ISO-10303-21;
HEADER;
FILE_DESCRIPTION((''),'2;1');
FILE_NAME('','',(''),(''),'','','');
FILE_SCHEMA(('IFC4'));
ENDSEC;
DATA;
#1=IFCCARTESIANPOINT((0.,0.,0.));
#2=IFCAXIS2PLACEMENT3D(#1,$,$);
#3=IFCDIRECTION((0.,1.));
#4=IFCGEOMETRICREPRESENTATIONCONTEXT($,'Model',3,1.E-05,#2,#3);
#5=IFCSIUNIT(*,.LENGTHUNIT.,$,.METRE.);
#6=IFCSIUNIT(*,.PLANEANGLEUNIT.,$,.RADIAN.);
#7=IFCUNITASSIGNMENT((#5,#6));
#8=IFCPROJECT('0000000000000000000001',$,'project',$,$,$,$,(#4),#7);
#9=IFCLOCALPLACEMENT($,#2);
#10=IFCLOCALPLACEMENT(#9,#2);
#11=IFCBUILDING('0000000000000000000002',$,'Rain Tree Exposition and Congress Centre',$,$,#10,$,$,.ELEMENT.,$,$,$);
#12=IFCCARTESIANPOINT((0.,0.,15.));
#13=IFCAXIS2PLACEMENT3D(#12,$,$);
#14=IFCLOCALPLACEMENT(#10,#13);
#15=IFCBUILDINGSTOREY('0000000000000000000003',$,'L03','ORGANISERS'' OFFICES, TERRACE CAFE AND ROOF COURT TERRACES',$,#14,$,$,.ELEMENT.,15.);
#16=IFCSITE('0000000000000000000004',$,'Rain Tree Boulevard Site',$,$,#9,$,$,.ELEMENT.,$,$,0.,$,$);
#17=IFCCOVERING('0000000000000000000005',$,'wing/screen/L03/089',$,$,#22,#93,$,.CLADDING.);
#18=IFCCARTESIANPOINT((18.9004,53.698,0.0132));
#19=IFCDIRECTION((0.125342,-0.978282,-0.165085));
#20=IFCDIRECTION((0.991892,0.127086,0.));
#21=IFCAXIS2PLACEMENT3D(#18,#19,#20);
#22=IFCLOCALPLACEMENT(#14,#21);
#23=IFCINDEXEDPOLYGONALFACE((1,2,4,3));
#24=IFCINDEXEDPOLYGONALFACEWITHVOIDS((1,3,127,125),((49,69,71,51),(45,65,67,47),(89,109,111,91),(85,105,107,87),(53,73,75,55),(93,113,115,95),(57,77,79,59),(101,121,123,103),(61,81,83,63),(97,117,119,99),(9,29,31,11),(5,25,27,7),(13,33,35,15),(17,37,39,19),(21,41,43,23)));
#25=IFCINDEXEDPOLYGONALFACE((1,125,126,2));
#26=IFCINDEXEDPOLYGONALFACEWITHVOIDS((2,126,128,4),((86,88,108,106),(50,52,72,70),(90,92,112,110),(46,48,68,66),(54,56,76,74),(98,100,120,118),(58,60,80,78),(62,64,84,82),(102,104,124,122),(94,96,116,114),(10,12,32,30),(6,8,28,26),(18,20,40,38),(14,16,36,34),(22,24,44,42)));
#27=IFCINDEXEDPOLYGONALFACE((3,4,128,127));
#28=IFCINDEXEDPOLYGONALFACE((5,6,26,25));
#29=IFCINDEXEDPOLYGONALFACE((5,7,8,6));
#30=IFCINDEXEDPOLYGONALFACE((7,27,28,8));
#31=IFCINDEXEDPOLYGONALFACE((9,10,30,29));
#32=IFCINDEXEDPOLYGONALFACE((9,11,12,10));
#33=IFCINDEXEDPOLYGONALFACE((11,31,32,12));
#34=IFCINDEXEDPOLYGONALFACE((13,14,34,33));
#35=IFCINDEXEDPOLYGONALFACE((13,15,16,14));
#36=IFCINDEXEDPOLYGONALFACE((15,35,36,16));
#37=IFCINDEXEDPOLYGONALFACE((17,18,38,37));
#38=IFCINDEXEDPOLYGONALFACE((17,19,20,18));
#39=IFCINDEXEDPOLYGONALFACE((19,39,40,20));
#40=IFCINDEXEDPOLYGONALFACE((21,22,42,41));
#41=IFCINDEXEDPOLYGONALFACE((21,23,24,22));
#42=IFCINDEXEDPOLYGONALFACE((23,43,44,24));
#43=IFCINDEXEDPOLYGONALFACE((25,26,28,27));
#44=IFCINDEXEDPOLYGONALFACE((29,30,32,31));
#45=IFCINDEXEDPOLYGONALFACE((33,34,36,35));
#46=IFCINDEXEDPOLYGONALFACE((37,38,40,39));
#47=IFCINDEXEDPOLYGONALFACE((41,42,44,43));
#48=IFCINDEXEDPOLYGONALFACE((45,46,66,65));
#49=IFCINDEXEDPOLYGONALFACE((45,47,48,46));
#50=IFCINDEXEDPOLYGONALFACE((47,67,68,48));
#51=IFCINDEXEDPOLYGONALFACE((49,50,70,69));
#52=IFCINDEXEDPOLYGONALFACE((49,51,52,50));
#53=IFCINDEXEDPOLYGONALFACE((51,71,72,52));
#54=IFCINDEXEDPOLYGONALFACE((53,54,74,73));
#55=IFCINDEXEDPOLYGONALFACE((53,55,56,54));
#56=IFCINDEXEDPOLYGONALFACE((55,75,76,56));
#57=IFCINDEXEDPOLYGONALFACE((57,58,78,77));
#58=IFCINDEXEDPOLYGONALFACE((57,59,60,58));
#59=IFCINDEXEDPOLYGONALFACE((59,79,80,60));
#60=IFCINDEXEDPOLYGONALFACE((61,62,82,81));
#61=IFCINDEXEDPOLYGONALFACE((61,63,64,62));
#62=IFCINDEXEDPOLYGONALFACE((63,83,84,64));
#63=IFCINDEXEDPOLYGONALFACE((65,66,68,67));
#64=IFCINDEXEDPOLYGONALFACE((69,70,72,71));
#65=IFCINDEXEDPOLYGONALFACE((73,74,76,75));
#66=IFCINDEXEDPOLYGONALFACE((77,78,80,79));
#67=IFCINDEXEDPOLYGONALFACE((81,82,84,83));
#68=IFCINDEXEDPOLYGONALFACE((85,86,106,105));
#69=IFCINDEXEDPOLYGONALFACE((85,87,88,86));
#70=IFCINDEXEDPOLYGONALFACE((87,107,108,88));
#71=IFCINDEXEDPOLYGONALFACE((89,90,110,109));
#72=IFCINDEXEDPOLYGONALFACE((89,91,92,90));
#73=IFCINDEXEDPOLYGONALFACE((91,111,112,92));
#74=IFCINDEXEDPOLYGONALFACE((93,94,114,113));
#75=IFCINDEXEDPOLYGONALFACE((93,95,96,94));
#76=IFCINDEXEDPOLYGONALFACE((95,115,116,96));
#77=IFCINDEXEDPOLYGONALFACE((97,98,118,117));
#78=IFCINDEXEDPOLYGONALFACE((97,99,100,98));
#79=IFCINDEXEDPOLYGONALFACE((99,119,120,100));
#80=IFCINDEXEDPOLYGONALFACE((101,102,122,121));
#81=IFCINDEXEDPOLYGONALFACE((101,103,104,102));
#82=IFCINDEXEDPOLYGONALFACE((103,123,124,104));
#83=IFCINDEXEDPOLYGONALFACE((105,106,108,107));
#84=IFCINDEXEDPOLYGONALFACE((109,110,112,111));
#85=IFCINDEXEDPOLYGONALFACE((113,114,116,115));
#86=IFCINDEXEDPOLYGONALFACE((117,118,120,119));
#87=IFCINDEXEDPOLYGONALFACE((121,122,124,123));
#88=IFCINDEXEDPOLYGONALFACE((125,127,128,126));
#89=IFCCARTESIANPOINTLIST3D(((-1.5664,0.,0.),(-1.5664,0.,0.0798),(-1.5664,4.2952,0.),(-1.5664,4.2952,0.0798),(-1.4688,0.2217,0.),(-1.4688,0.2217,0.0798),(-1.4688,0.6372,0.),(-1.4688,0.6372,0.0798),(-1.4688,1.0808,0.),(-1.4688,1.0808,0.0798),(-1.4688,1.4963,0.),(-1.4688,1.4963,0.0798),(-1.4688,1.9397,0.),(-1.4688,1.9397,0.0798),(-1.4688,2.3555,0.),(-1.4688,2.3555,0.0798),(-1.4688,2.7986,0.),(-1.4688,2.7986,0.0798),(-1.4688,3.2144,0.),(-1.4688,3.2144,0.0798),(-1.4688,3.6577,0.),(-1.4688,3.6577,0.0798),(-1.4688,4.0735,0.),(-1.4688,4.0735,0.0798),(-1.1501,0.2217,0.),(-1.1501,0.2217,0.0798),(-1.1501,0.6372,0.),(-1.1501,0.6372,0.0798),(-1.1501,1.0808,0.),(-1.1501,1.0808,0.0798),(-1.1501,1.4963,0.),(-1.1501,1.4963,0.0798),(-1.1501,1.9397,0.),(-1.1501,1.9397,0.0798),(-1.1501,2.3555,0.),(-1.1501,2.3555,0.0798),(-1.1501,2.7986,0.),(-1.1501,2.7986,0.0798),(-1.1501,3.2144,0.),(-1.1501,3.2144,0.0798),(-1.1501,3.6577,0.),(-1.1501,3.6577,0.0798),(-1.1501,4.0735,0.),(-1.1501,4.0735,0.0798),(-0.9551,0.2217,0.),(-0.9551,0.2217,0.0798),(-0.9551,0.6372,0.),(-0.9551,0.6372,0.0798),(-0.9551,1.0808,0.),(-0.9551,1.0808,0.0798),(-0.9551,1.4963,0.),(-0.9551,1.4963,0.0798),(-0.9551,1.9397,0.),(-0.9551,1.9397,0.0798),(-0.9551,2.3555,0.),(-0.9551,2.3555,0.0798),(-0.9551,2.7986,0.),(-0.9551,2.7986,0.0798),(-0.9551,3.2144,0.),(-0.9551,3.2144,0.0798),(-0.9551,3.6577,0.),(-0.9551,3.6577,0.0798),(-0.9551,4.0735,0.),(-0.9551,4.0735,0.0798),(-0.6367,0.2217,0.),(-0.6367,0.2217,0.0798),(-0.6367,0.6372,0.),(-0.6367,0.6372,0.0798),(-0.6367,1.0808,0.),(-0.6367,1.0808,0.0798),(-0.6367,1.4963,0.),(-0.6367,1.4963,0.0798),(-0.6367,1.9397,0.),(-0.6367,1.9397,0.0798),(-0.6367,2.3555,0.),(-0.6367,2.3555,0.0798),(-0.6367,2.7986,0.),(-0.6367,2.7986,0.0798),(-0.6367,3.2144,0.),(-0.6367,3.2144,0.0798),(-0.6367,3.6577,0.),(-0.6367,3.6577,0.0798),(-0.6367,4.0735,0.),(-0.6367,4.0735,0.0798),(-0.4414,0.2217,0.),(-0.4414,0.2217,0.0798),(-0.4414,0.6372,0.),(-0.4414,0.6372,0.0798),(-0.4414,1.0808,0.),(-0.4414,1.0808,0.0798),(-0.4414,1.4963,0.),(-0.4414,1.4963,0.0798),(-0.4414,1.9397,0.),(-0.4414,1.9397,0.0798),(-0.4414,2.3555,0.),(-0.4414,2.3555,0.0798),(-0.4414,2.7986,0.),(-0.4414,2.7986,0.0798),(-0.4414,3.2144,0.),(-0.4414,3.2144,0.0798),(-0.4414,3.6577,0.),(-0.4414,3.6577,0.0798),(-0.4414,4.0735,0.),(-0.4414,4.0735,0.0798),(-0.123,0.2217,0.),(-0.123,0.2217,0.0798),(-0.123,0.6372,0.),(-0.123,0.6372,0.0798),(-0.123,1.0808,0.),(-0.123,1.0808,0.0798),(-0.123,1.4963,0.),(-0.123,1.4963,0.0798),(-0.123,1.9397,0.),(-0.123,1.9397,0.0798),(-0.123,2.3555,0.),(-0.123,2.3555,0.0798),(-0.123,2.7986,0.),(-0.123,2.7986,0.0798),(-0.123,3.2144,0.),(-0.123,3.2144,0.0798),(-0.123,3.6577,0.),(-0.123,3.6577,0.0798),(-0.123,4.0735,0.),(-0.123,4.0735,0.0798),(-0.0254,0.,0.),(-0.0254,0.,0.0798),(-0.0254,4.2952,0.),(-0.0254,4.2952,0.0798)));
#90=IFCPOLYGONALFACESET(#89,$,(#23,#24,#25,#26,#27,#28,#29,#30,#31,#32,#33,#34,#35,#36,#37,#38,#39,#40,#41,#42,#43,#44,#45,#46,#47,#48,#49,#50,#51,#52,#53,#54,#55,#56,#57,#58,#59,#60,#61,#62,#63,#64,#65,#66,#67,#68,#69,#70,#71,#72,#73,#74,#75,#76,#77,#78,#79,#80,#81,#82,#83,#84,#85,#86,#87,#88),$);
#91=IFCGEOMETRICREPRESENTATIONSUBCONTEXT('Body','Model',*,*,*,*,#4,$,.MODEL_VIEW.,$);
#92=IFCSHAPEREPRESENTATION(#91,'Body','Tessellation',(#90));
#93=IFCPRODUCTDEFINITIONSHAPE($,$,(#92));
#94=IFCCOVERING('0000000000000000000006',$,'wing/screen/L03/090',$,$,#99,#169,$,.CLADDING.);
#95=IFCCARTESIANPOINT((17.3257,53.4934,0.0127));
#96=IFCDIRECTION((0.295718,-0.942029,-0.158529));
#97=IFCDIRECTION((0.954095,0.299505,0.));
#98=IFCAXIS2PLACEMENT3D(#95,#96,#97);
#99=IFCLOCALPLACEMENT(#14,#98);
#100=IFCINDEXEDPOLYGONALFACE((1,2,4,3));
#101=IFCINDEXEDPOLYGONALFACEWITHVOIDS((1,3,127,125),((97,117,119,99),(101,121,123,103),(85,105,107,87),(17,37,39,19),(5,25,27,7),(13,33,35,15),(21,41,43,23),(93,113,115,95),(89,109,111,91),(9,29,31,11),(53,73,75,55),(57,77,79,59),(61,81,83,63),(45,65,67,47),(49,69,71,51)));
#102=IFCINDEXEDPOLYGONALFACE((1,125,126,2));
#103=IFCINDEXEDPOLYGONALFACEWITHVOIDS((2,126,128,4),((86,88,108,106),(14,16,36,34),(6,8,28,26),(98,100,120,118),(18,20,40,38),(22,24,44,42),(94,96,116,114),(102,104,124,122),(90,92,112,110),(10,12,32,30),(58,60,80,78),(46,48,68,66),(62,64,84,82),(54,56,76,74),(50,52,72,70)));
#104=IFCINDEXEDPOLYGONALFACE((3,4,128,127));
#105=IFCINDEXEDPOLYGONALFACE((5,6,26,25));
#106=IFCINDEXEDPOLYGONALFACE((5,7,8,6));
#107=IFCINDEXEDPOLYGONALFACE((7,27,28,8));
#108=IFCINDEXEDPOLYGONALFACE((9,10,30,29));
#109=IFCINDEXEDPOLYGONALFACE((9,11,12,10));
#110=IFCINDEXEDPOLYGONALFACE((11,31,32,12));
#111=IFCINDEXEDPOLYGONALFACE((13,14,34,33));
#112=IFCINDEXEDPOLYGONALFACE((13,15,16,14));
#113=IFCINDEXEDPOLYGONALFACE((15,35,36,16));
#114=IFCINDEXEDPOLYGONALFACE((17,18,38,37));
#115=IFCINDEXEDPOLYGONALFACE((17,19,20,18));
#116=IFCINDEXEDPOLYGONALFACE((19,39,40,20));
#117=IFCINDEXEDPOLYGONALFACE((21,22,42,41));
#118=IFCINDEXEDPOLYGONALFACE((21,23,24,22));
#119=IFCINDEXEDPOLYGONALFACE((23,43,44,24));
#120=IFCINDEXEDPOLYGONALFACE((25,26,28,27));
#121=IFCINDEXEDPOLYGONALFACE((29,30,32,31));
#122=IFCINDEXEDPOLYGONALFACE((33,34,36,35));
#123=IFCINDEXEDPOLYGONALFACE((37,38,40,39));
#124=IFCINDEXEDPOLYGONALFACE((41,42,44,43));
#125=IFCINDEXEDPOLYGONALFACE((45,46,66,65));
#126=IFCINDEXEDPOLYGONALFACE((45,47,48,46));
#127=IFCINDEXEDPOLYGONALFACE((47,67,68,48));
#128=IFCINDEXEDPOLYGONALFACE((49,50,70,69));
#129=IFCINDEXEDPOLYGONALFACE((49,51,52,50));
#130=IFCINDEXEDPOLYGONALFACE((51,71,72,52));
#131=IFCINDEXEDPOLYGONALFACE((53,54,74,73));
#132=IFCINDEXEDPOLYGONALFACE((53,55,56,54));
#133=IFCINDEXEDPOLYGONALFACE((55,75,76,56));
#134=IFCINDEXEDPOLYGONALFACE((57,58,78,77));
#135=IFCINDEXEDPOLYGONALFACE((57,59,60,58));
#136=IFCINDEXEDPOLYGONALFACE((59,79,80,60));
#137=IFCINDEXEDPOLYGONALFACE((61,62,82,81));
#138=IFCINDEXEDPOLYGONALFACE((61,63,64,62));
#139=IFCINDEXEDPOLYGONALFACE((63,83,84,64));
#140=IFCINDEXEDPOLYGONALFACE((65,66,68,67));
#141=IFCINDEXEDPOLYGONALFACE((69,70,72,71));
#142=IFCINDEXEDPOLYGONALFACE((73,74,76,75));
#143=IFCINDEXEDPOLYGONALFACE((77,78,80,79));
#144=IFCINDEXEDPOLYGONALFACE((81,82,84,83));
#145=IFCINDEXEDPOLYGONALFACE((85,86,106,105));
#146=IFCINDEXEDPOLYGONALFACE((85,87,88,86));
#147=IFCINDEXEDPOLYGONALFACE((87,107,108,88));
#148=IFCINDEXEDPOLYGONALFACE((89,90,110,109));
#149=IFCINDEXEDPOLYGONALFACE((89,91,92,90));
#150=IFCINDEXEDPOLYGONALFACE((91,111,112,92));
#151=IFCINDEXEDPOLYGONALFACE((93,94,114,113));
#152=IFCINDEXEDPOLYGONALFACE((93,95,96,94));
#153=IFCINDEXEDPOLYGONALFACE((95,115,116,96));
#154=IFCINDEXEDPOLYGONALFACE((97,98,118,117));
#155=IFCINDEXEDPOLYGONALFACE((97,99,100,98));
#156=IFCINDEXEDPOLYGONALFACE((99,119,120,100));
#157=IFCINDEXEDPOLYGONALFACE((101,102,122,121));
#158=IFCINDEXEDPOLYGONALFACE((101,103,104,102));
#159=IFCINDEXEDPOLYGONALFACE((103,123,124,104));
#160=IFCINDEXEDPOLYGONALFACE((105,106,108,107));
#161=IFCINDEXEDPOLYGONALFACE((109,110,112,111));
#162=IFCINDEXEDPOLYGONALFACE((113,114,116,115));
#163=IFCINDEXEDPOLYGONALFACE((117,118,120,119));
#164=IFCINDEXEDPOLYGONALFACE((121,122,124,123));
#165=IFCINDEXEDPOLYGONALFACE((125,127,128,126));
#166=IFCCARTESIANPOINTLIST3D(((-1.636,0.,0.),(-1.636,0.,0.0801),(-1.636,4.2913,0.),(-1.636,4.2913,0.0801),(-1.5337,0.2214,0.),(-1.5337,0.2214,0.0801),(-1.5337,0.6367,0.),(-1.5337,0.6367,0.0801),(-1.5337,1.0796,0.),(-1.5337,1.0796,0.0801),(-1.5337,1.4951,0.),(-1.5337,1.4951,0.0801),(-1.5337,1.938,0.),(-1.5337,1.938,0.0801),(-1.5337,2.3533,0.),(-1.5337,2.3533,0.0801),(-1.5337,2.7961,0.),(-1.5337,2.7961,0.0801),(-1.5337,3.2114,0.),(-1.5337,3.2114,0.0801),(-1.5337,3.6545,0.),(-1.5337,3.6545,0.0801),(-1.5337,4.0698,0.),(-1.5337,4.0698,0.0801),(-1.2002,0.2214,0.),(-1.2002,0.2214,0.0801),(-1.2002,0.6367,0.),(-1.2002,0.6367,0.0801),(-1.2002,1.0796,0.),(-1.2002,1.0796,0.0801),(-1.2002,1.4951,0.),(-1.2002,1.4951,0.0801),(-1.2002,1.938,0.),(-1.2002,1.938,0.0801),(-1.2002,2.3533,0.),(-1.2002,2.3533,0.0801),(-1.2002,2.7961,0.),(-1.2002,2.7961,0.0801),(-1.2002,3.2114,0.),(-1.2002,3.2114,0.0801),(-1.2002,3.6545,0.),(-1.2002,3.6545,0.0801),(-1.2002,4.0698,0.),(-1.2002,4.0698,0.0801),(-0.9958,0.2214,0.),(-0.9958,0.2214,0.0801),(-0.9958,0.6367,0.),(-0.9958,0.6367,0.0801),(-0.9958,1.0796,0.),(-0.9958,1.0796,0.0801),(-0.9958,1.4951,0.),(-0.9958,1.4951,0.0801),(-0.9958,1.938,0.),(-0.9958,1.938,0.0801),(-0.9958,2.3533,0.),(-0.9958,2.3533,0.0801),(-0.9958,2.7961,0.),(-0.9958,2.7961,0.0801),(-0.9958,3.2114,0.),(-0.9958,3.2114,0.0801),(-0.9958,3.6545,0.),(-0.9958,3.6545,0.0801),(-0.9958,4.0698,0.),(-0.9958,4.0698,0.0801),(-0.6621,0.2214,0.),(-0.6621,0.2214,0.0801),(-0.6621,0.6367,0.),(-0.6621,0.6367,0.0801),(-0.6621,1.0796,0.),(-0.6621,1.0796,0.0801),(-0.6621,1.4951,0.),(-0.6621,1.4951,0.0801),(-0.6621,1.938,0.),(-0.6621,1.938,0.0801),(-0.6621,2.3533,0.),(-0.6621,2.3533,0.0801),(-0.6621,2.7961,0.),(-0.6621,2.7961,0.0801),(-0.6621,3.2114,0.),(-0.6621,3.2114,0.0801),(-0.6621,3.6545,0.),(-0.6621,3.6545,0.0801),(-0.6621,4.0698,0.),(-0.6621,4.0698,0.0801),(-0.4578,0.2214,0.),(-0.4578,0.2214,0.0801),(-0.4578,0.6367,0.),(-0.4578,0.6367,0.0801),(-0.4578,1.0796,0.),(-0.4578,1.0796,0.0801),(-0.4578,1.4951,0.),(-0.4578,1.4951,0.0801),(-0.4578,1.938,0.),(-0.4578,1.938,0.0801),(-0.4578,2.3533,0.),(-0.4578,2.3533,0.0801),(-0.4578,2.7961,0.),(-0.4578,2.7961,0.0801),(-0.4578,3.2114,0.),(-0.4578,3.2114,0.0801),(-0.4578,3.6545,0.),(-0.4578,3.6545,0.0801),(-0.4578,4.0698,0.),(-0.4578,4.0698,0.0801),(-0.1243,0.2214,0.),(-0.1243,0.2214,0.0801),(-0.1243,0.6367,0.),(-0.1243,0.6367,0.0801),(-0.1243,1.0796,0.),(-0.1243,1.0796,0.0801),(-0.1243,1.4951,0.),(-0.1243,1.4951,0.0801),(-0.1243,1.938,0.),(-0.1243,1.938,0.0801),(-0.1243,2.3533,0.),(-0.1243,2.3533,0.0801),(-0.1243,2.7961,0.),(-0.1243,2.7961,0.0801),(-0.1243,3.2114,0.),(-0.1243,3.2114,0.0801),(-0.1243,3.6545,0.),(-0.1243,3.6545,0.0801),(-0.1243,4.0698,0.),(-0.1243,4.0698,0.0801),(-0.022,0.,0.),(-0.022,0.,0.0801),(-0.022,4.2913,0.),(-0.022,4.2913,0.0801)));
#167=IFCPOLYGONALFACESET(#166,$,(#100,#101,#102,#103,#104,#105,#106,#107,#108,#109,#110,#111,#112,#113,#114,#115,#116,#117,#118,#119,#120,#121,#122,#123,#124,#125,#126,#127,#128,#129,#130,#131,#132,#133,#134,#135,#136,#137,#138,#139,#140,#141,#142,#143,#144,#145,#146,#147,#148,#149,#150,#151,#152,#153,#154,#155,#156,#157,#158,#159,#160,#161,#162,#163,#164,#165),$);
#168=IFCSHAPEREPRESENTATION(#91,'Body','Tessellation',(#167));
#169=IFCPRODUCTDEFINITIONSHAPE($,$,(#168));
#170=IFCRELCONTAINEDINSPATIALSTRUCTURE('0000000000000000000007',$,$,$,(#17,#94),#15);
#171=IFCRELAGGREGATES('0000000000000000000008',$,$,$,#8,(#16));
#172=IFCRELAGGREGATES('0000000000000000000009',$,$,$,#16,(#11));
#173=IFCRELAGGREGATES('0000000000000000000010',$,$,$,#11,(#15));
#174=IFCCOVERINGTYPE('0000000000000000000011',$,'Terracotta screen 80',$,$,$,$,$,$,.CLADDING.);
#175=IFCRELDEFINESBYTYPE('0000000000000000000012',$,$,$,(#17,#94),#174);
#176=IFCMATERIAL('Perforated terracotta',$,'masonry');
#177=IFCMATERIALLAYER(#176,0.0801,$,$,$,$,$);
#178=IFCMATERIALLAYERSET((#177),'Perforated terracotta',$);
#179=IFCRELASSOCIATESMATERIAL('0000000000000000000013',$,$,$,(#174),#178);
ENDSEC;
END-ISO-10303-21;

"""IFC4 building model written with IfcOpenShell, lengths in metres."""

from ifc_helpers import new_model, si_unit, direction, frame, origin, place, context, subcontext, project, spatial, polyline, outline, extrude, material, layer, layer_set, type_object, element, save


model = new_model("IFC4")

# Units and contexts
model_context = context("Model", 3, precision=1e-05, world=origin(), true_north=direction((0.0, 1.0)))
body_context = subcontext(model_context, "Body", "Model", "MODEL_VIEW")
ifc_project = project(units=[si_unit("LENGTHUNIT", "METRE"), si_unit("PLANEANGLEUNIT", "RADIAN")], contexts=[model_context])

# Site, building, storey
site_placement = place(None, origin())
site = spatial("IfcSite", under=ifc_project, at=site_placement, Name="Rain Tree Boulevard Site", CompositionType="ELEMENT", RefElevation=0.0)
building_placement = place(site_placement, origin())
building = spatial("IfcBuilding", under=site, at=building_placement, Name="Rain Tree Exposition and Congress Centre", CompositionType="ELEMENT")
storey_placement = place(building_placement, frame((0.0, 0.0, 15.0)))
storey = spatial("IfcBuildingStorey", under=building, at=storey_placement, Name="L03", Description="ORGANISERS' OFFICES, TERRACE CAFE AND ROOF COURT TERRACES", CompositionType="ELEMENT", Elevation=15.0)

# Coverings
ifc_material_1 = material(Name="Perforated terracotta", Category="masonry")
ifc_layer_1 = layer(ifc_material_1, 0.0801)
ifc_layer_set_1 = layer_set([ifc_layer_1], Name="Perforated terracotta")
covering_type_1 = type_object("IfcCoveringType", Name="Terracotta screen 80", PredefinedType="CLADDING", material=ifc_layer_set_1)
covering_1_placement = place(storey_placement, frame((18.9004, 53.698, 0.0132), z_axis=(0.125342, -0.978282, -0.165085), x_axis=(0.991892, 0.127086, 0.0)))
element("IfcCovering", 1, at=covering_1_placement, inside=storey, type_object=covering_type_1, Name="wing/screen/L03/089", PredefinedType="CLADDING", context=body_context, shape_type="SweptSolid", body=[
    extrude(outline(polyline([(-1.5664, 0.0), (-1.5664, 4.2952), (-0.0254, 4.2952), (-0.0254, 0.0), (-1.5664, 0.0)]), holes=[polyline([(-0.123, 0.2217), (-0.123, 0.6372), (-0.4414, 0.6372), (-0.4414, 0.2217), (-0.123, 0.2217)]), polyline([(-0.123, 1.0808), (-0.123, 1.4963), (-0.4414, 1.4963), (-0.4414, 1.0808), (-0.123, 1.0808)]), polyline([(-0.123, 1.9397), (-0.123, 2.3555), (-0.4414, 2.3555), (-0.4414, 1.9397), (-0.123, 1.9397)]), polyline([(-0.123, 2.7986), (-0.123, 3.2144), (-0.4414, 3.2144), (-0.4414, 2.7986), (-0.123, 2.7986)]), polyline([(-0.123, 3.6577), (-0.123, 4.0735), (-0.4414, 4.0735), (-0.4414, 3.6577), (-0.123, 3.6577)]), polyline([(-0.6367, 0.2217), (-0.6367, 0.6372), (-0.9551, 0.6372), (-0.9551, 0.2217), (-0.6367, 0.2217)]), polyline([(-0.6367, 1.0808), (-0.6367, 1.4963), (-0.9551, 1.4963), (-0.9551, 1.0808), (-0.6367, 1.0808)]), polyline([(-0.6367, 1.9397), (-0.6367, 2.3555), (-0.9551, 2.3555), (-0.9551, 1.9397), (-0.6367, 1.9397)]), polyline([(-0.6367, 2.7986), (-0.6367, 3.2144), (-0.9551, 3.2144), (-0.9551, 2.7986), (-0.6367, 2.7986)]), polyline([(-0.6367, 3.6577), (-0.6367, 4.0735), (-0.9551, 4.0735), (-0.9551, 3.6577), (-0.6367, 3.6577)]), polyline([(-1.1501, 0.2217), (-1.1501, 0.6372), (-1.4688, 0.6372), (-1.4688, 0.2217), (-1.1501, 0.2217)]), polyline([(-1.1501, 1.0808), (-1.1501, 1.4963), (-1.4688, 1.4963), (-1.4688, 1.0808), (-1.1501, 1.0808)]), polyline([(-1.1501, 1.9397), (-1.1501, 2.3555), (-1.4688, 2.3555), (-1.4688, 1.9397), (-1.1501, 1.9397)]), polyline([(-1.1501, 2.7986), (-1.1501, 3.2144), (-1.4688, 3.2144), (-1.4688, 2.7986), (-1.1501, 2.7986)]), polyline([(-1.1501, 3.6577), (-1.1501, 4.0735), (-1.4688, 4.0735), (-1.4688, 3.6577), (-1.1501, 3.6577)])]), origin(), (0.0, 0.0, 1.0), 0.0798),
])
covering_2_placement = place(storey_placement, frame((17.3257, 53.4934, 0.0127), z_axis=(0.295718, -0.942029, -0.158529), x_axis=(0.954095, 0.299505, 0.0)))
element("IfcCovering", 2, at=covering_2_placement, inside=storey, type_object=covering_type_1, Name="wing/screen/L03/090", PredefinedType="CLADDING", context=body_context, shape_type="SweptSolid", body=[
    extrude(outline(polyline([(-1.636, 0.0), (-1.636, 4.2913), (-0.022, 4.2913), (-0.022, 0.0), (-1.636, 0.0)]), holes=[polyline([(-0.1243, 0.2214), (-0.1243, 0.6367), (-0.4578, 0.6367), (-0.4578, 0.2214), (-0.1243, 0.2214)]), polyline([(-0.1243, 1.0796), (-0.1243, 1.4951), (-0.4578, 1.4951), (-0.4578, 1.0796), (-0.1243, 1.0796)]), polyline([(-0.1243, 1.938), (-0.1243, 2.3533), (-0.4578, 2.3533), (-0.4578, 1.938), (-0.1243, 1.938)]), polyline([(-0.1243, 2.7961), (-0.1243, 3.2114), (-0.4578, 3.2114), (-0.4578, 2.7961), (-0.1243, 2.7961)]), polyline([(-0.1243, 3.6545), (-0.1243, 4.0698), (-0.4578, 4.0698), (-0.4578, 3.6545), (-0.1243, 3.6545)]), polyline([(-0.6621, 0.2214), (-0.6621, 0.6367), (-0.9958, 0.6367), (-0.9958, 0.2214), (-0.6621, 0.2214)]), polyline([(-0.6621, 1.0796), (-0.6621, 1.4951), (-0.9958, 1.4951), (-0.9958, 1.0796), (-0.6621, 1.0796)]), polyline([(-0.6621, 1.938), (-0.6621, 2.3533), (-0.9958, 2.3533), (-0.9958, 1.938), (-0.6621, 1.938)]), polyline([(-0.6621, 2.7961), (-0.6621, 3.2114), (-0.9958, 3.2114), (-0.9958, 2.7961), (-0.6621, 2.7961)]), polyline([(-0.6621, 3.6545), (-0.6621, 4.0698), (-0.9958, 4.0698), (-0.9958, 3.6545), (-0.6621, 3.6545)]), polyline([(-1.2002, 0.2214), (-1.2002, 0.6367), (-1.5337, 0.6367), (-1.5337, 0.2214), (-1.2002, 0.2214)]), polyline([(-1.2002, 1.0796), (-1.2002, 1.4951), (-1.5337, 1.4951), (-1.5337, 1.0796), (-1.2002, 1.0796)]), polyline([(-1.2002, 1.938), (-1.2002, 2.3533), (-1.5337, 2.3533), (-1.5337, 1.938), (-1.2002, 1.938)]), polyline([(-1.2002, 2.7961), (-1.2002, 3.2114), (-1.5337, 3.2114), (-1.5337, 2.7961), (-1.2002, 2.7961)]), polyline([(-1.2002, 3.6545), (-1.2002, 4.0698), (-1.5337, 4.0698), (-1.5337, 3.6545), (-1.2002, 3.6545)])]), origin(), (0.0, 0.0, 1.0), 0.0801),
])

save(model, "model.ifc")
